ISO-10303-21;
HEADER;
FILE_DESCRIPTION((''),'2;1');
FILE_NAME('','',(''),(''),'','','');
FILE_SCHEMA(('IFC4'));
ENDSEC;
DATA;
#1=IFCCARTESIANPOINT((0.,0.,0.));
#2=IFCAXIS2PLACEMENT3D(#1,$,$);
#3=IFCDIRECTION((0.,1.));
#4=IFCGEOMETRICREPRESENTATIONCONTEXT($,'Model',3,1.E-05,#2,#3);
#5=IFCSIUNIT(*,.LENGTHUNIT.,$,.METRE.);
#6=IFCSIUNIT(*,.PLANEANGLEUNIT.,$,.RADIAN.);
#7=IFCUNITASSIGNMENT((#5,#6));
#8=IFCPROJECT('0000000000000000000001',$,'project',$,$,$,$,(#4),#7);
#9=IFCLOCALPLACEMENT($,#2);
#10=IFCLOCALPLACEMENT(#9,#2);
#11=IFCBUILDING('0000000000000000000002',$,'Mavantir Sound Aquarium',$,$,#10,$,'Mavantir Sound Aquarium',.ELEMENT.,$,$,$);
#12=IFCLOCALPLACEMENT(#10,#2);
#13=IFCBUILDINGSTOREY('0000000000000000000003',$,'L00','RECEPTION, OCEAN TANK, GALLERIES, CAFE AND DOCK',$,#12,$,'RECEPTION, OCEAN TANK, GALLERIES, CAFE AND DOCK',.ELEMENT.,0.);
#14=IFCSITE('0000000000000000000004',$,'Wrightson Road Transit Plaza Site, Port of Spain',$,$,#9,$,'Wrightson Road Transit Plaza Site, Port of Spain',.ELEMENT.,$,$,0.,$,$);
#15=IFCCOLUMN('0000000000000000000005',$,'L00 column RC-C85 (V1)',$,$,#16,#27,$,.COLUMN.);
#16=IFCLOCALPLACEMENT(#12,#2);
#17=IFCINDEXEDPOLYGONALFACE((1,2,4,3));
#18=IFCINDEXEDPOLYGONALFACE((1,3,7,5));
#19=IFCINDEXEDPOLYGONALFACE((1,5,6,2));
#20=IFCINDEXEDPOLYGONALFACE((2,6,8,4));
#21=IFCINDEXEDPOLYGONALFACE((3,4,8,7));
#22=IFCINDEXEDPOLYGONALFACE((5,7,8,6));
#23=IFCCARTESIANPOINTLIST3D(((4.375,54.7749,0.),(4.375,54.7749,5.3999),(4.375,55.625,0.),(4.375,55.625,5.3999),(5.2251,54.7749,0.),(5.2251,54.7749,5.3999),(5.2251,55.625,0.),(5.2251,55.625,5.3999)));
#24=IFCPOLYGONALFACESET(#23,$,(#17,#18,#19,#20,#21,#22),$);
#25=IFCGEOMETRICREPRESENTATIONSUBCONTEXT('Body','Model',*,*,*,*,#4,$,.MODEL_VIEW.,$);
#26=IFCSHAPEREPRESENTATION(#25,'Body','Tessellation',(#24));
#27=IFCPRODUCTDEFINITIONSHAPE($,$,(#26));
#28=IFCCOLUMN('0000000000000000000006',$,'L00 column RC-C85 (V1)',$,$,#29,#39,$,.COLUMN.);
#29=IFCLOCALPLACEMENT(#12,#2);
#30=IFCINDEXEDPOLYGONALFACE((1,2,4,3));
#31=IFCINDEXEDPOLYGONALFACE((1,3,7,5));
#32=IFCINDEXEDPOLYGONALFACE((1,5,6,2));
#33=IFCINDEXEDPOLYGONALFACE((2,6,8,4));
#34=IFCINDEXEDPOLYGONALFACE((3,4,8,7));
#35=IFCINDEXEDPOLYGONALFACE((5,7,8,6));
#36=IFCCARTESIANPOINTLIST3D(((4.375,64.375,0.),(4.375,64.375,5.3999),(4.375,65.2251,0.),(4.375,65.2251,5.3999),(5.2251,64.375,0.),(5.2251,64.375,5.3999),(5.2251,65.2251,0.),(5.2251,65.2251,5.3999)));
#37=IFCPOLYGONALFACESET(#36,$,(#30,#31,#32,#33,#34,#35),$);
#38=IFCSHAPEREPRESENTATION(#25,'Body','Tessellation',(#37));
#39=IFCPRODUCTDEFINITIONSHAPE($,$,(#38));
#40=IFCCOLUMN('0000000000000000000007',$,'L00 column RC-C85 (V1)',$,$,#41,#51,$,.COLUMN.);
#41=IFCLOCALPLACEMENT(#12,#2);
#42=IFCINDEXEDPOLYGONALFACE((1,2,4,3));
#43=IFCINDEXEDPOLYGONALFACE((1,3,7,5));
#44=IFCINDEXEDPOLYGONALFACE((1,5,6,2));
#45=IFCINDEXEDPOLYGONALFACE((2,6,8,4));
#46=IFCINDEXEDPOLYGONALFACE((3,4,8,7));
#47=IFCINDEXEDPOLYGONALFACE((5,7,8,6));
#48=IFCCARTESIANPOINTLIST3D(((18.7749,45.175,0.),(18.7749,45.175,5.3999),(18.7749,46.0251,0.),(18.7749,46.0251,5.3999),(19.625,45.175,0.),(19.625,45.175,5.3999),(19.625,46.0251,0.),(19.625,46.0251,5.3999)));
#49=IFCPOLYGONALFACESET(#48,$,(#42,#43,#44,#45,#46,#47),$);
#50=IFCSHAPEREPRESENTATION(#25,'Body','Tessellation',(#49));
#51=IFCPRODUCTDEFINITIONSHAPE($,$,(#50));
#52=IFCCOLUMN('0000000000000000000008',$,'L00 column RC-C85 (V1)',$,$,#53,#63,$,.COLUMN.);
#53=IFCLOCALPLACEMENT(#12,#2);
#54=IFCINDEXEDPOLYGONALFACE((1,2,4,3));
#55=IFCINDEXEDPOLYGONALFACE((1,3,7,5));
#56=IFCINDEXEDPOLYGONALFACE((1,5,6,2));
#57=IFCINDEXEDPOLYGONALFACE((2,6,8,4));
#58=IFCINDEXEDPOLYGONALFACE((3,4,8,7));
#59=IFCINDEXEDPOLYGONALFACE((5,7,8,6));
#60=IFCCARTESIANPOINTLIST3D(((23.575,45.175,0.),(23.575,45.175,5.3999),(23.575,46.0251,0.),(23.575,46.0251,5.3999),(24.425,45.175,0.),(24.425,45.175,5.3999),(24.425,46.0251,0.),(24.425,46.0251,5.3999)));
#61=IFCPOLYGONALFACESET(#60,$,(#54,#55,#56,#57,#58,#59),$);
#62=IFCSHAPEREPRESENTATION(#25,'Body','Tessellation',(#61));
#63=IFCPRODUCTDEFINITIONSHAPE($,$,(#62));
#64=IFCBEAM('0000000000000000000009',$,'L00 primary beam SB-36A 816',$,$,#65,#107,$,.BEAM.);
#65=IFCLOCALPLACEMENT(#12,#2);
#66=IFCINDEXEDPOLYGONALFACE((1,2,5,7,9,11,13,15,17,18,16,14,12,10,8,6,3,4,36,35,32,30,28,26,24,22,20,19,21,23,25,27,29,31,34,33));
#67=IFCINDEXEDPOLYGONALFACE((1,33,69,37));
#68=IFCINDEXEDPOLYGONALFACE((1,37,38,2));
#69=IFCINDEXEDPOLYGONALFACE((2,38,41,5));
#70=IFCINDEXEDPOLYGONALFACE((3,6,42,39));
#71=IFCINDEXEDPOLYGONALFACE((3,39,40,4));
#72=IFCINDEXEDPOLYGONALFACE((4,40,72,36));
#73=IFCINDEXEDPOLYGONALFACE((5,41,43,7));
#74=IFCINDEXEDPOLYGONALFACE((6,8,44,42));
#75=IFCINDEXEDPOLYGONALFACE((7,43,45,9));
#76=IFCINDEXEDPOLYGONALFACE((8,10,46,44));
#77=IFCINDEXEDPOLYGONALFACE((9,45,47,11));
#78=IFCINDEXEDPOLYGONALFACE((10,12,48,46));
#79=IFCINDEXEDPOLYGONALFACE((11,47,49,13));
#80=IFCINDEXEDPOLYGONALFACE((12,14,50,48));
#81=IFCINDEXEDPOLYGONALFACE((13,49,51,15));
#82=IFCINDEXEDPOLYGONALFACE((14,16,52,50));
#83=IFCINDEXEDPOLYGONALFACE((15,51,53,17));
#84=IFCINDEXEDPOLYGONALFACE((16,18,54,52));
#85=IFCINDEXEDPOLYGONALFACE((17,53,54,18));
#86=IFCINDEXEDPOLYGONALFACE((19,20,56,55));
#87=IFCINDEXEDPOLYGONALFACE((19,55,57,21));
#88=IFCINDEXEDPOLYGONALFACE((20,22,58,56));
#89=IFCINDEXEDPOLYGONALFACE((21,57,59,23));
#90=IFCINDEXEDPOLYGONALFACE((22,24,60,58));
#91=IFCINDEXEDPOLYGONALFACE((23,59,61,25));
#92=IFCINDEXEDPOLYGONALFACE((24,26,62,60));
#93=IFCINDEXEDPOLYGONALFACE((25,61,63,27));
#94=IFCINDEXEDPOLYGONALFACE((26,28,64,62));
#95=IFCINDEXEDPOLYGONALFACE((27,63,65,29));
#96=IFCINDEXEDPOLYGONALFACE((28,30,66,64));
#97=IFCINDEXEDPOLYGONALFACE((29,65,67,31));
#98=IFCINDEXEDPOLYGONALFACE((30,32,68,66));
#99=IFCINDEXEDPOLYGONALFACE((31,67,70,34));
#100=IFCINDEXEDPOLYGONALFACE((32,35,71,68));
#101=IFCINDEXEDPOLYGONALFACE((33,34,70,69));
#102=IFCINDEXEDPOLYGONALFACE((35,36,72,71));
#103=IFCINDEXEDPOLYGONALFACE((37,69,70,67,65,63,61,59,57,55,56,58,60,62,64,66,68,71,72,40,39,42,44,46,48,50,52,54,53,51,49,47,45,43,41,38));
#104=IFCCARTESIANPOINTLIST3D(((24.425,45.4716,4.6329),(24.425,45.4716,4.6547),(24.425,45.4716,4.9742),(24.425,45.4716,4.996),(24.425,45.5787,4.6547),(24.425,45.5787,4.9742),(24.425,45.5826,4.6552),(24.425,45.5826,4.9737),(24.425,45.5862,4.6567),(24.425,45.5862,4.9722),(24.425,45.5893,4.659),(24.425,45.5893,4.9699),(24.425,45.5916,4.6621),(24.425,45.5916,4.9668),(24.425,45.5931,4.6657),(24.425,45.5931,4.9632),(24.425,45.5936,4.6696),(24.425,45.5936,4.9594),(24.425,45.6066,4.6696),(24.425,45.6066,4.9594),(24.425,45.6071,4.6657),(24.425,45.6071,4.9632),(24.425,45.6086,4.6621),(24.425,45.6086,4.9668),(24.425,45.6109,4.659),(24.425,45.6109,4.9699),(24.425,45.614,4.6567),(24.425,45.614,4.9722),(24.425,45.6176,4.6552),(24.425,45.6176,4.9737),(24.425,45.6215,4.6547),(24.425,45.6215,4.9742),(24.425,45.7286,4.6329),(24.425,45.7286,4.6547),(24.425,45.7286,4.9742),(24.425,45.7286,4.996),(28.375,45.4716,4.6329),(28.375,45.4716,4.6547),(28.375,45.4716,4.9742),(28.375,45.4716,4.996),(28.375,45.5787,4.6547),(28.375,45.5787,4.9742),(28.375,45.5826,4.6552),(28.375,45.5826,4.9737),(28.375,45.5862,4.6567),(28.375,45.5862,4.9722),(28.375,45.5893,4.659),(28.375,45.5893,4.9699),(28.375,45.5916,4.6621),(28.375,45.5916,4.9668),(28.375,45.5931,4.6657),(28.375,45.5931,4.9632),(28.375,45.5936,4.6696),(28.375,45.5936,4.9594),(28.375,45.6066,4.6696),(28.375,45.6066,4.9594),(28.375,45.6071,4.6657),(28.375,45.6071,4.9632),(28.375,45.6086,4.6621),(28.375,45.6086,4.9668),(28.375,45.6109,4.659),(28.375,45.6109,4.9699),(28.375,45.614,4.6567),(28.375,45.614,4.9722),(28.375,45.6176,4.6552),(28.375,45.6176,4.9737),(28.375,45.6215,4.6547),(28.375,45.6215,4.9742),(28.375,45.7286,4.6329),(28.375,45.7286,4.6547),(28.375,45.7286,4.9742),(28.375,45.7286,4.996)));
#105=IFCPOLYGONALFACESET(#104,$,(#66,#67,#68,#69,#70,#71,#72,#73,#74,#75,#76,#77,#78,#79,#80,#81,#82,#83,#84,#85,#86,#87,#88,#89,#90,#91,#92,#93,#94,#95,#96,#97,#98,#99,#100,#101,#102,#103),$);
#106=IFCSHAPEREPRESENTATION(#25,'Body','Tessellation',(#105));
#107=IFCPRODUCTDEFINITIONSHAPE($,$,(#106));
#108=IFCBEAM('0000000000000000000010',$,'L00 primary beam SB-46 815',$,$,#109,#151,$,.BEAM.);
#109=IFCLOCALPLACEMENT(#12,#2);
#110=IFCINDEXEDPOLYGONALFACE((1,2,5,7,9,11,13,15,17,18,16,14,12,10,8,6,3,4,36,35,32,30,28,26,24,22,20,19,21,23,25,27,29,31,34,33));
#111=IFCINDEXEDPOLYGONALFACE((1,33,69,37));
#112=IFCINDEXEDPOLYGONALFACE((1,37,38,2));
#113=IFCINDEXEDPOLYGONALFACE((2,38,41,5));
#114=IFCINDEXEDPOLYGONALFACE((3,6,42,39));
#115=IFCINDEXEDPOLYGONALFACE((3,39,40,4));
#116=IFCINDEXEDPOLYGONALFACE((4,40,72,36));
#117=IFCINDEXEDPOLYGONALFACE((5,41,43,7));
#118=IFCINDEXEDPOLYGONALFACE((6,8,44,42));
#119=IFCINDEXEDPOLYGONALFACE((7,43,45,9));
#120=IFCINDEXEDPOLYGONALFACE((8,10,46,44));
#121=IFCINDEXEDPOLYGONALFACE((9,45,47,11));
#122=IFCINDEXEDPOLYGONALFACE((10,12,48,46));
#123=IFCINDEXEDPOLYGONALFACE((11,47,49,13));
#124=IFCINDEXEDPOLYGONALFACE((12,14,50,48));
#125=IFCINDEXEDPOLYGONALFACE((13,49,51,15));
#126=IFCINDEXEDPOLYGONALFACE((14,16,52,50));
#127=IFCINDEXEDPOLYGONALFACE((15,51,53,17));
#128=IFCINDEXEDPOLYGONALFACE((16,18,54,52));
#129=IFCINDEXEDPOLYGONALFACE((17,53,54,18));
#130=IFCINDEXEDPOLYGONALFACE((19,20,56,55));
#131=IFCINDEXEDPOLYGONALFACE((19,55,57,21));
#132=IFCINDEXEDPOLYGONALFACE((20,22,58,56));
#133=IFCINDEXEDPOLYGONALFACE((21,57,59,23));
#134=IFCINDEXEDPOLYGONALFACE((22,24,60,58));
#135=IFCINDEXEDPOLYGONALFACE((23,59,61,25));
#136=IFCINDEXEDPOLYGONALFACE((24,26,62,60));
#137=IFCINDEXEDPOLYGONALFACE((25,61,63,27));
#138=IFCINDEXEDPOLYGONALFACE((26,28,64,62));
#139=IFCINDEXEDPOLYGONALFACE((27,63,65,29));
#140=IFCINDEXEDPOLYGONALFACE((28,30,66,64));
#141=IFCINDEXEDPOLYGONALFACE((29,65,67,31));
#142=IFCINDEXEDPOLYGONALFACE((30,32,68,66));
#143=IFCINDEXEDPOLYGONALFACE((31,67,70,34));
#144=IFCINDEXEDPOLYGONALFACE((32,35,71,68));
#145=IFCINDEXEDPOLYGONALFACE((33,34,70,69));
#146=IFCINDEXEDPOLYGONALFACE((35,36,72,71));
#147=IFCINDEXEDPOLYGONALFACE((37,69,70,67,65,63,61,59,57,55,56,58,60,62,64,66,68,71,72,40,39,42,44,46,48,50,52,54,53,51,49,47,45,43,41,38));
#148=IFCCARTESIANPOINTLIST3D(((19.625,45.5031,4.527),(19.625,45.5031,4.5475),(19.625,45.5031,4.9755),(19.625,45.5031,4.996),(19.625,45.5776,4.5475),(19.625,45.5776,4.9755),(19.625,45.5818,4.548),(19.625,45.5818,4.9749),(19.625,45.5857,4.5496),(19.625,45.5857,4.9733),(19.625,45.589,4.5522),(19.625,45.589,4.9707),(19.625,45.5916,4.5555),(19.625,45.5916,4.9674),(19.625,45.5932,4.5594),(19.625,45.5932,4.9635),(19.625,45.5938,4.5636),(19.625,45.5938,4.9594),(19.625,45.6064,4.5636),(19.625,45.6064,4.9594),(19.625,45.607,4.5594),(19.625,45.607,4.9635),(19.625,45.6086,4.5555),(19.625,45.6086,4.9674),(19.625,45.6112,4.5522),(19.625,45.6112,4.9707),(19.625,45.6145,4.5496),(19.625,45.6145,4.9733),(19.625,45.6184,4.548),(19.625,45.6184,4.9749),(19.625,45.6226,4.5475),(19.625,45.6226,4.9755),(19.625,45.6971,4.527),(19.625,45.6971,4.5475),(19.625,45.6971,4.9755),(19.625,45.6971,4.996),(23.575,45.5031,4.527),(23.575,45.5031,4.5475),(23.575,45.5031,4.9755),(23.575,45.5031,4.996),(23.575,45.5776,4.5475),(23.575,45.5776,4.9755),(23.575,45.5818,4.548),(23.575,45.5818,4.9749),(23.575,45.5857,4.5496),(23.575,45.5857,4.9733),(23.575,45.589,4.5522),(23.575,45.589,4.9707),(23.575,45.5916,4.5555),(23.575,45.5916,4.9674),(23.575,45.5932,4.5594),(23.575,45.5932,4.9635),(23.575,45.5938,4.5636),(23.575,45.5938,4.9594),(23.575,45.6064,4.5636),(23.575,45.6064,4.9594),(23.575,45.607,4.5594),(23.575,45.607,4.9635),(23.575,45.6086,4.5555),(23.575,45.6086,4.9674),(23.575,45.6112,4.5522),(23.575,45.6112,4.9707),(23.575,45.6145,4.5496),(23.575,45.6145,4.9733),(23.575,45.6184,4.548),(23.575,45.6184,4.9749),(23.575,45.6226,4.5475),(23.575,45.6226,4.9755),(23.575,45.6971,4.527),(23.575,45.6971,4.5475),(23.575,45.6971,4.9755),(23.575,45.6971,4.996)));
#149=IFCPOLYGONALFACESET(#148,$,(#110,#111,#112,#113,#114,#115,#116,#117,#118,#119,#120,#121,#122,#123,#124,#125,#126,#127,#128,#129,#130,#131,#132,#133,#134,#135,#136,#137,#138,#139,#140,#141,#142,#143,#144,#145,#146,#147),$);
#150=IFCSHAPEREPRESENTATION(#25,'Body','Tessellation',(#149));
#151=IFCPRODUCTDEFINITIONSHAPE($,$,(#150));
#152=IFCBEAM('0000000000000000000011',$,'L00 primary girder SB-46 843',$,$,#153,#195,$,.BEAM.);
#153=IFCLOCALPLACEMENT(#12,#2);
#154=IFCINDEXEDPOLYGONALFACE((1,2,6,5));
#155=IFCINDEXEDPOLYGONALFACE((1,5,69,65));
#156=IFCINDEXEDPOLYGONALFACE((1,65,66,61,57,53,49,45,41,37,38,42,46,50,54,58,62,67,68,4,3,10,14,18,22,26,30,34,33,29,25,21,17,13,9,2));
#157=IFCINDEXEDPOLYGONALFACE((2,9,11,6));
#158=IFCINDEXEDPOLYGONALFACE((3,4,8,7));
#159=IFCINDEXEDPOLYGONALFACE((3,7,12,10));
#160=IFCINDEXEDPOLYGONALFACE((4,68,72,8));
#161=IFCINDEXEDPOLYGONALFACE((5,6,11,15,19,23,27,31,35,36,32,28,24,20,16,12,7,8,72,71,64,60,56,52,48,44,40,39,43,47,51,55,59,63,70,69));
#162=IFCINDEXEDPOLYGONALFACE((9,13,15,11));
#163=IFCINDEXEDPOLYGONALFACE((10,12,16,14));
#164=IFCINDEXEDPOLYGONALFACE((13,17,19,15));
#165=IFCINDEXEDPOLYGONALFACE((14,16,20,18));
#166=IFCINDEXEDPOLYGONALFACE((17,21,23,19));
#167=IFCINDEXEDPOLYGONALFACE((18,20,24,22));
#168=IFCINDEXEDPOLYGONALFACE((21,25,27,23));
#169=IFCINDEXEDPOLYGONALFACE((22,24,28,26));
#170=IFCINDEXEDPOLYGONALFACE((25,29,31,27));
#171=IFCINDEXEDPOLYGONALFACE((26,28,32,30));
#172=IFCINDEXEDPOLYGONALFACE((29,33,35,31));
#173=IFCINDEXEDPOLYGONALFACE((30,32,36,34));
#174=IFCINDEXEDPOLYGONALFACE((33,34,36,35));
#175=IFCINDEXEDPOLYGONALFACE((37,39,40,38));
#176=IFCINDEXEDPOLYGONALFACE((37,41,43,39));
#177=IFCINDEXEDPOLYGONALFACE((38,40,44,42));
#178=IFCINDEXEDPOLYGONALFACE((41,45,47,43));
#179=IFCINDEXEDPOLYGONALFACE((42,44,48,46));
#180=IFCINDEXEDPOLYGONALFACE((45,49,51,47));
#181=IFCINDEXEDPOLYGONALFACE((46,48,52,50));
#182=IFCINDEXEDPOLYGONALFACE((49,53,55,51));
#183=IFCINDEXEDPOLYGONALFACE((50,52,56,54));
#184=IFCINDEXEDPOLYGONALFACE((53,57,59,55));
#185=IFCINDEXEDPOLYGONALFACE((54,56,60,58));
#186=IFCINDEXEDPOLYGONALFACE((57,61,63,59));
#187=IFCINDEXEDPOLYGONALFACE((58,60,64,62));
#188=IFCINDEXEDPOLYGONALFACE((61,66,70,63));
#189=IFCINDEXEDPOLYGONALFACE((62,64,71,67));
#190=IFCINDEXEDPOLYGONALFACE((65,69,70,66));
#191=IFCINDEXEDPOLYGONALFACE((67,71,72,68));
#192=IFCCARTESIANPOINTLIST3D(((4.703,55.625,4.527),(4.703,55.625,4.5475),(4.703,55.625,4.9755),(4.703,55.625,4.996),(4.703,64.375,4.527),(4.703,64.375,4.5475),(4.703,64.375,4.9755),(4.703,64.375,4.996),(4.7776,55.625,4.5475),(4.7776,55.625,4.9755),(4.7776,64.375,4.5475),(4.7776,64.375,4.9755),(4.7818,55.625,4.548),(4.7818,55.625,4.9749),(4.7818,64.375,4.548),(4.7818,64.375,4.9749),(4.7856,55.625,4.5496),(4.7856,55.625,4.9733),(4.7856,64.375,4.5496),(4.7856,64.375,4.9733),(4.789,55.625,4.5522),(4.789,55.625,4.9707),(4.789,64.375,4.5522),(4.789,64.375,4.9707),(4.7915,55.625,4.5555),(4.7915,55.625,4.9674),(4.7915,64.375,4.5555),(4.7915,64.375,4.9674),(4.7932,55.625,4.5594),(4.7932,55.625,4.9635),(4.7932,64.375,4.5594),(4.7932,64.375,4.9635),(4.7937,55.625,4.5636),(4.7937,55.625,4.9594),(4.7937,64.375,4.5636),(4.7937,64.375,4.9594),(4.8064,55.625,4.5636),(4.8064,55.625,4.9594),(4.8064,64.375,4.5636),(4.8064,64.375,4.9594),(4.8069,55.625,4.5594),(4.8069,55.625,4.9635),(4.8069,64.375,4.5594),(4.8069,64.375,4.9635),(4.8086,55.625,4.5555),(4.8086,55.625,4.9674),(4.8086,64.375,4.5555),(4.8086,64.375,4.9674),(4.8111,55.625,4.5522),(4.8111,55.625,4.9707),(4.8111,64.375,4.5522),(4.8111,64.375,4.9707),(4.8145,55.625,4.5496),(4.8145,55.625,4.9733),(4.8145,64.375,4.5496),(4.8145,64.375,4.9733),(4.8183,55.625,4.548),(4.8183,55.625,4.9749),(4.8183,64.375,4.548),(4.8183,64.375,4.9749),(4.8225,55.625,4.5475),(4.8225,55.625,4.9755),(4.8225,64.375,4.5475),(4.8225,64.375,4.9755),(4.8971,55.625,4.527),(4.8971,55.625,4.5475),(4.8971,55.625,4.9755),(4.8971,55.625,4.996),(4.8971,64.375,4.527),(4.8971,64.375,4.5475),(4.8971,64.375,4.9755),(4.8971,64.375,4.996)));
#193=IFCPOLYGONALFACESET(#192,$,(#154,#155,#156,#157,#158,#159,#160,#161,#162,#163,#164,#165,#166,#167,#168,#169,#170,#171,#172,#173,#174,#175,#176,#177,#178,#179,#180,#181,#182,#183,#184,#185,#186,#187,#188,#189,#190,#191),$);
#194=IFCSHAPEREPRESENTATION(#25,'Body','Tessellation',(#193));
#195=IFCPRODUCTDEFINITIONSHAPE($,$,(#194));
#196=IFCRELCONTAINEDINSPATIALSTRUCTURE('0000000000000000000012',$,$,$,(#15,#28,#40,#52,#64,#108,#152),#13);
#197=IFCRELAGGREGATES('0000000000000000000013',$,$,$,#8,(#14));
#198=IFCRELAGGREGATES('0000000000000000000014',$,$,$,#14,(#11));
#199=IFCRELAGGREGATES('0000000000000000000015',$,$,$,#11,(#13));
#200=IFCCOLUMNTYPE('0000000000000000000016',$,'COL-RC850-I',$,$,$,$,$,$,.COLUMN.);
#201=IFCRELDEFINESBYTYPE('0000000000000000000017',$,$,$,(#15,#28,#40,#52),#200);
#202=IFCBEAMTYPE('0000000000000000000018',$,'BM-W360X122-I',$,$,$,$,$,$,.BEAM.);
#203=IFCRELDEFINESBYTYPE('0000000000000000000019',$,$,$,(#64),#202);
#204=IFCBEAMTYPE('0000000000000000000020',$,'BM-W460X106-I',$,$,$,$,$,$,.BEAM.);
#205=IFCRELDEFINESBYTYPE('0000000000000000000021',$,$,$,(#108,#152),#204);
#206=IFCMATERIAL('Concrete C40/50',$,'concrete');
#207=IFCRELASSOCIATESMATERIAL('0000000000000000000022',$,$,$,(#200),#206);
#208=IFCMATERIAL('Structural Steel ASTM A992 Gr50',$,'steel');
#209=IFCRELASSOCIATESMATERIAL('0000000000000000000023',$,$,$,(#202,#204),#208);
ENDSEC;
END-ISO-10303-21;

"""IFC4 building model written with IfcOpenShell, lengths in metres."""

from ifc_helpers import new_model, si_unit, direction, frame, origin, origin_2d, place, context, subcontext, project, spatial, rectangle, i_section, extrude, material, material_profile, profile_set, type_object, element, save


model = new_model("IFC4")

# Units and contexts
model_context = context("Model", 3, precision=1e-05, world=origin(), true_north=direction((0.0, 1.0)))
body_context = subcontext(model_context, "Body", "Model", "MODEL_VIEW")
ifc_project = project(units=[si_unit("LENGTHUNIT", "METRE"), si_unit("PLANEANGLEUNIT", "RADIAN")], contexts=[model_context])

# Site, building, storey
site_placement = place(None, origin())
site = spatial("IfcSite", under=ifc_project, at=site_placement, Name="Wrightson Road Transit Plaza Site, Port of Spain", LongName="Wrightson Road Transit Plaza Site, Port of Spain", CompositionType="ELEMENT", RefElevation=0.0)
building_placement = place(site_placement, origin())
building = spatial("IfcBuilding", under=site, at=building_placement, Name="Mavantir Sound Aquarium", LongName="Mavantir Sound Aquarium", CompositionType="ELEMENT")
storey_placement = place(building_placement, origin())
storey = spatial("IfcBuildingStorey", under=building, at=storey_placement, Name="L00", Description="RECEPTION, OCEAN TANK, GALLERIES, CAFE AND DOCK", LongName="RECEPTION, OCEAN TANK, GALLERIES, CAFE AND DOCK", CompositionType="ELEMENT", Elevation=0.0)

# Columns
ifc_material_1 = material(Name="Concrete C40/50", Category="concrete")
ifc_material_profile_1 = material_profile(ifc_material_1, rectangle(XDim=0.8501, YDim=0.8501, at=origin_2d()), Name="RC 850X850")
ifc_profile_set_1 = profile_set([ifc_material_profile_1], Name="Concrete C40/50")
column_type = type_object("IfcColumnType", Name="COL-RC850-I", PredefinedType="COLUMN", material=ifc_profile_set_1)
for number, where, z_axis, x_axis, name in (
    (1, (4.8, 55.2, 0.0), (0.0, 0.0, 1.0), (1.0, 0.0, 0.0), "L00 column RC-C85 (V1)"),
    (2, (4.8, 64.8, 0.0), (0.0, 0.0, 1.0), (1.0, 0.0, 0.0), "L00 column RC-C85 (V1)"),
    (3, (19.2, 45.6001, 0.0), (0.0, 0.0, 1.0), (1.0, 0.0, 0.0), "L00 column RC-C85 (V1)"),
    (4, (24.0, 45.6001, 0.0), (0.0, 0.0, 1.0), (1.0, 0.0, 0.0), "L00 column RC-C85 (V1)"),
):
    element("IfcColumn", number, at=place(storey_placement, frame(where, z_axis=z_axis, x_axis=x_axis)), inside=storey, type_object=column_type, Name=name, PredefinedType="COLUMN", context=body_context, shape_type="SweptSolid", body=[
        extrude(rectangle(XDim=0.8501, YDim=0.8501, at=origin_2d()), origin(), (0.0, 0.0, 1.0), 5.3999),
    ])

# Beams
ifc_material_2 = material(Name="Structural Steel ASTM A992 Gr50", Category="steel")
ifc_material_profile_2 = material_profile(ifc_material_2, i_section(OverallWidth=0.2571, OverallDepth=0.363, WebThickness=0.0129, FlangeThickness=0.0217, FilletRadius=0.0149, at=origin_2d()), Name="W360X122")
ifc_profile_set_2 = profile_set([ifc_material_profile_2], Name="Structural Steel ASTM A992 Gr50")
beam_type_1 = type_object("IfcBeamType", Name="BM-W360X122-I", PredefinedType="BEAM", material=ifc_profile_set_2)
beam_1_placement = place(storey_placement, frame((24.425, 45.6001, 4.8145), z_axis=(1.0, 0.0, 0.0), x_axis=(0.0, 1.0, 0.0)))
element("IfcBeam", 5, at=beam_1_placement, inside=storey, type_object=beam_type_1, Name="L00 primary beam SB-36A 816", PredefinedType="BEAM", context=body_context, shape_type="SweptSolid", body=[
    extrude(i_section(OverallWidth=0.2571, OverallDepth=0.363, WebThickness=0.0129, FlangeThickness=0.0217, FilletRadius=0.0149, at=origin_2d()), origin(), (0.0, 0.0, 1.0), 3.95),
])
ifc_material_profile_3 = material_profile(ifc_material_2, i_section(OverallWidth=0.1941, OverallDepth=0.469, WebThickness=0.0127, FlangeThickness=0.0205, FilletRadius=0.0161, at=origin_2d()), Name="W460X106")
ifc_profile_set_3 = profile_set([ifc_material_profile_3], Name="Structural Steel ASTM A992 Gr50")
beam_type_2 = type_object("IfcBeamType", Name="BM-W460X106-I", PredefinedType="BEAM", material=ifc_profile_set_3)
beam_2_placement = place(storey_placement, frame((19.625, 45.6001, 4.7615), z_axis=(1.0, 0.0, 0.0), x_axis=(0.0, 1.0, 0.0)))
element("IfcBeam", 6, at=beam_2_placement, inside=storey, type_object=beam_type_2, Name="L00 primary beam SB-46 815", PredefinedType="BEAM", context=body_context, shape_type="SweptSolid", body=[
    extrude(i_section(OverallWidth=0.1941, OverallDepth=0.469, WebThickness=0.0127, FlangeThickness=0.0205, FilletRadius=0.0161, at=origin_2d()), origin(), (0.0, 0.0, 1.0), 3.95),
])
beam_3_placement = place(storey_placement, frame((4.8, 55.625, 4.7615), z_axis=(0.0, 1.0, 0.0), x_axis=(-1.0, 0.0, 0.0)))
element("IfcBeam", 7, at=beam_3_placement, inside=storey, type_object=beam_type_2, Name="L00 primary girder SB-46 843", PredefinedType="BEAM", context=body_context, shape_type="SweptSolid", body=[
    extrude(i_section(OverallWidth=0.1941, OverallDepth=0.469, WebThickness=0.0127, FlangeThickness=0.0205, FilletRadius=0.0161, at=origin_2d()), origin(), (0.0, 0.0, 1.0), 8.75),
])

save(model, "model.ifc")
